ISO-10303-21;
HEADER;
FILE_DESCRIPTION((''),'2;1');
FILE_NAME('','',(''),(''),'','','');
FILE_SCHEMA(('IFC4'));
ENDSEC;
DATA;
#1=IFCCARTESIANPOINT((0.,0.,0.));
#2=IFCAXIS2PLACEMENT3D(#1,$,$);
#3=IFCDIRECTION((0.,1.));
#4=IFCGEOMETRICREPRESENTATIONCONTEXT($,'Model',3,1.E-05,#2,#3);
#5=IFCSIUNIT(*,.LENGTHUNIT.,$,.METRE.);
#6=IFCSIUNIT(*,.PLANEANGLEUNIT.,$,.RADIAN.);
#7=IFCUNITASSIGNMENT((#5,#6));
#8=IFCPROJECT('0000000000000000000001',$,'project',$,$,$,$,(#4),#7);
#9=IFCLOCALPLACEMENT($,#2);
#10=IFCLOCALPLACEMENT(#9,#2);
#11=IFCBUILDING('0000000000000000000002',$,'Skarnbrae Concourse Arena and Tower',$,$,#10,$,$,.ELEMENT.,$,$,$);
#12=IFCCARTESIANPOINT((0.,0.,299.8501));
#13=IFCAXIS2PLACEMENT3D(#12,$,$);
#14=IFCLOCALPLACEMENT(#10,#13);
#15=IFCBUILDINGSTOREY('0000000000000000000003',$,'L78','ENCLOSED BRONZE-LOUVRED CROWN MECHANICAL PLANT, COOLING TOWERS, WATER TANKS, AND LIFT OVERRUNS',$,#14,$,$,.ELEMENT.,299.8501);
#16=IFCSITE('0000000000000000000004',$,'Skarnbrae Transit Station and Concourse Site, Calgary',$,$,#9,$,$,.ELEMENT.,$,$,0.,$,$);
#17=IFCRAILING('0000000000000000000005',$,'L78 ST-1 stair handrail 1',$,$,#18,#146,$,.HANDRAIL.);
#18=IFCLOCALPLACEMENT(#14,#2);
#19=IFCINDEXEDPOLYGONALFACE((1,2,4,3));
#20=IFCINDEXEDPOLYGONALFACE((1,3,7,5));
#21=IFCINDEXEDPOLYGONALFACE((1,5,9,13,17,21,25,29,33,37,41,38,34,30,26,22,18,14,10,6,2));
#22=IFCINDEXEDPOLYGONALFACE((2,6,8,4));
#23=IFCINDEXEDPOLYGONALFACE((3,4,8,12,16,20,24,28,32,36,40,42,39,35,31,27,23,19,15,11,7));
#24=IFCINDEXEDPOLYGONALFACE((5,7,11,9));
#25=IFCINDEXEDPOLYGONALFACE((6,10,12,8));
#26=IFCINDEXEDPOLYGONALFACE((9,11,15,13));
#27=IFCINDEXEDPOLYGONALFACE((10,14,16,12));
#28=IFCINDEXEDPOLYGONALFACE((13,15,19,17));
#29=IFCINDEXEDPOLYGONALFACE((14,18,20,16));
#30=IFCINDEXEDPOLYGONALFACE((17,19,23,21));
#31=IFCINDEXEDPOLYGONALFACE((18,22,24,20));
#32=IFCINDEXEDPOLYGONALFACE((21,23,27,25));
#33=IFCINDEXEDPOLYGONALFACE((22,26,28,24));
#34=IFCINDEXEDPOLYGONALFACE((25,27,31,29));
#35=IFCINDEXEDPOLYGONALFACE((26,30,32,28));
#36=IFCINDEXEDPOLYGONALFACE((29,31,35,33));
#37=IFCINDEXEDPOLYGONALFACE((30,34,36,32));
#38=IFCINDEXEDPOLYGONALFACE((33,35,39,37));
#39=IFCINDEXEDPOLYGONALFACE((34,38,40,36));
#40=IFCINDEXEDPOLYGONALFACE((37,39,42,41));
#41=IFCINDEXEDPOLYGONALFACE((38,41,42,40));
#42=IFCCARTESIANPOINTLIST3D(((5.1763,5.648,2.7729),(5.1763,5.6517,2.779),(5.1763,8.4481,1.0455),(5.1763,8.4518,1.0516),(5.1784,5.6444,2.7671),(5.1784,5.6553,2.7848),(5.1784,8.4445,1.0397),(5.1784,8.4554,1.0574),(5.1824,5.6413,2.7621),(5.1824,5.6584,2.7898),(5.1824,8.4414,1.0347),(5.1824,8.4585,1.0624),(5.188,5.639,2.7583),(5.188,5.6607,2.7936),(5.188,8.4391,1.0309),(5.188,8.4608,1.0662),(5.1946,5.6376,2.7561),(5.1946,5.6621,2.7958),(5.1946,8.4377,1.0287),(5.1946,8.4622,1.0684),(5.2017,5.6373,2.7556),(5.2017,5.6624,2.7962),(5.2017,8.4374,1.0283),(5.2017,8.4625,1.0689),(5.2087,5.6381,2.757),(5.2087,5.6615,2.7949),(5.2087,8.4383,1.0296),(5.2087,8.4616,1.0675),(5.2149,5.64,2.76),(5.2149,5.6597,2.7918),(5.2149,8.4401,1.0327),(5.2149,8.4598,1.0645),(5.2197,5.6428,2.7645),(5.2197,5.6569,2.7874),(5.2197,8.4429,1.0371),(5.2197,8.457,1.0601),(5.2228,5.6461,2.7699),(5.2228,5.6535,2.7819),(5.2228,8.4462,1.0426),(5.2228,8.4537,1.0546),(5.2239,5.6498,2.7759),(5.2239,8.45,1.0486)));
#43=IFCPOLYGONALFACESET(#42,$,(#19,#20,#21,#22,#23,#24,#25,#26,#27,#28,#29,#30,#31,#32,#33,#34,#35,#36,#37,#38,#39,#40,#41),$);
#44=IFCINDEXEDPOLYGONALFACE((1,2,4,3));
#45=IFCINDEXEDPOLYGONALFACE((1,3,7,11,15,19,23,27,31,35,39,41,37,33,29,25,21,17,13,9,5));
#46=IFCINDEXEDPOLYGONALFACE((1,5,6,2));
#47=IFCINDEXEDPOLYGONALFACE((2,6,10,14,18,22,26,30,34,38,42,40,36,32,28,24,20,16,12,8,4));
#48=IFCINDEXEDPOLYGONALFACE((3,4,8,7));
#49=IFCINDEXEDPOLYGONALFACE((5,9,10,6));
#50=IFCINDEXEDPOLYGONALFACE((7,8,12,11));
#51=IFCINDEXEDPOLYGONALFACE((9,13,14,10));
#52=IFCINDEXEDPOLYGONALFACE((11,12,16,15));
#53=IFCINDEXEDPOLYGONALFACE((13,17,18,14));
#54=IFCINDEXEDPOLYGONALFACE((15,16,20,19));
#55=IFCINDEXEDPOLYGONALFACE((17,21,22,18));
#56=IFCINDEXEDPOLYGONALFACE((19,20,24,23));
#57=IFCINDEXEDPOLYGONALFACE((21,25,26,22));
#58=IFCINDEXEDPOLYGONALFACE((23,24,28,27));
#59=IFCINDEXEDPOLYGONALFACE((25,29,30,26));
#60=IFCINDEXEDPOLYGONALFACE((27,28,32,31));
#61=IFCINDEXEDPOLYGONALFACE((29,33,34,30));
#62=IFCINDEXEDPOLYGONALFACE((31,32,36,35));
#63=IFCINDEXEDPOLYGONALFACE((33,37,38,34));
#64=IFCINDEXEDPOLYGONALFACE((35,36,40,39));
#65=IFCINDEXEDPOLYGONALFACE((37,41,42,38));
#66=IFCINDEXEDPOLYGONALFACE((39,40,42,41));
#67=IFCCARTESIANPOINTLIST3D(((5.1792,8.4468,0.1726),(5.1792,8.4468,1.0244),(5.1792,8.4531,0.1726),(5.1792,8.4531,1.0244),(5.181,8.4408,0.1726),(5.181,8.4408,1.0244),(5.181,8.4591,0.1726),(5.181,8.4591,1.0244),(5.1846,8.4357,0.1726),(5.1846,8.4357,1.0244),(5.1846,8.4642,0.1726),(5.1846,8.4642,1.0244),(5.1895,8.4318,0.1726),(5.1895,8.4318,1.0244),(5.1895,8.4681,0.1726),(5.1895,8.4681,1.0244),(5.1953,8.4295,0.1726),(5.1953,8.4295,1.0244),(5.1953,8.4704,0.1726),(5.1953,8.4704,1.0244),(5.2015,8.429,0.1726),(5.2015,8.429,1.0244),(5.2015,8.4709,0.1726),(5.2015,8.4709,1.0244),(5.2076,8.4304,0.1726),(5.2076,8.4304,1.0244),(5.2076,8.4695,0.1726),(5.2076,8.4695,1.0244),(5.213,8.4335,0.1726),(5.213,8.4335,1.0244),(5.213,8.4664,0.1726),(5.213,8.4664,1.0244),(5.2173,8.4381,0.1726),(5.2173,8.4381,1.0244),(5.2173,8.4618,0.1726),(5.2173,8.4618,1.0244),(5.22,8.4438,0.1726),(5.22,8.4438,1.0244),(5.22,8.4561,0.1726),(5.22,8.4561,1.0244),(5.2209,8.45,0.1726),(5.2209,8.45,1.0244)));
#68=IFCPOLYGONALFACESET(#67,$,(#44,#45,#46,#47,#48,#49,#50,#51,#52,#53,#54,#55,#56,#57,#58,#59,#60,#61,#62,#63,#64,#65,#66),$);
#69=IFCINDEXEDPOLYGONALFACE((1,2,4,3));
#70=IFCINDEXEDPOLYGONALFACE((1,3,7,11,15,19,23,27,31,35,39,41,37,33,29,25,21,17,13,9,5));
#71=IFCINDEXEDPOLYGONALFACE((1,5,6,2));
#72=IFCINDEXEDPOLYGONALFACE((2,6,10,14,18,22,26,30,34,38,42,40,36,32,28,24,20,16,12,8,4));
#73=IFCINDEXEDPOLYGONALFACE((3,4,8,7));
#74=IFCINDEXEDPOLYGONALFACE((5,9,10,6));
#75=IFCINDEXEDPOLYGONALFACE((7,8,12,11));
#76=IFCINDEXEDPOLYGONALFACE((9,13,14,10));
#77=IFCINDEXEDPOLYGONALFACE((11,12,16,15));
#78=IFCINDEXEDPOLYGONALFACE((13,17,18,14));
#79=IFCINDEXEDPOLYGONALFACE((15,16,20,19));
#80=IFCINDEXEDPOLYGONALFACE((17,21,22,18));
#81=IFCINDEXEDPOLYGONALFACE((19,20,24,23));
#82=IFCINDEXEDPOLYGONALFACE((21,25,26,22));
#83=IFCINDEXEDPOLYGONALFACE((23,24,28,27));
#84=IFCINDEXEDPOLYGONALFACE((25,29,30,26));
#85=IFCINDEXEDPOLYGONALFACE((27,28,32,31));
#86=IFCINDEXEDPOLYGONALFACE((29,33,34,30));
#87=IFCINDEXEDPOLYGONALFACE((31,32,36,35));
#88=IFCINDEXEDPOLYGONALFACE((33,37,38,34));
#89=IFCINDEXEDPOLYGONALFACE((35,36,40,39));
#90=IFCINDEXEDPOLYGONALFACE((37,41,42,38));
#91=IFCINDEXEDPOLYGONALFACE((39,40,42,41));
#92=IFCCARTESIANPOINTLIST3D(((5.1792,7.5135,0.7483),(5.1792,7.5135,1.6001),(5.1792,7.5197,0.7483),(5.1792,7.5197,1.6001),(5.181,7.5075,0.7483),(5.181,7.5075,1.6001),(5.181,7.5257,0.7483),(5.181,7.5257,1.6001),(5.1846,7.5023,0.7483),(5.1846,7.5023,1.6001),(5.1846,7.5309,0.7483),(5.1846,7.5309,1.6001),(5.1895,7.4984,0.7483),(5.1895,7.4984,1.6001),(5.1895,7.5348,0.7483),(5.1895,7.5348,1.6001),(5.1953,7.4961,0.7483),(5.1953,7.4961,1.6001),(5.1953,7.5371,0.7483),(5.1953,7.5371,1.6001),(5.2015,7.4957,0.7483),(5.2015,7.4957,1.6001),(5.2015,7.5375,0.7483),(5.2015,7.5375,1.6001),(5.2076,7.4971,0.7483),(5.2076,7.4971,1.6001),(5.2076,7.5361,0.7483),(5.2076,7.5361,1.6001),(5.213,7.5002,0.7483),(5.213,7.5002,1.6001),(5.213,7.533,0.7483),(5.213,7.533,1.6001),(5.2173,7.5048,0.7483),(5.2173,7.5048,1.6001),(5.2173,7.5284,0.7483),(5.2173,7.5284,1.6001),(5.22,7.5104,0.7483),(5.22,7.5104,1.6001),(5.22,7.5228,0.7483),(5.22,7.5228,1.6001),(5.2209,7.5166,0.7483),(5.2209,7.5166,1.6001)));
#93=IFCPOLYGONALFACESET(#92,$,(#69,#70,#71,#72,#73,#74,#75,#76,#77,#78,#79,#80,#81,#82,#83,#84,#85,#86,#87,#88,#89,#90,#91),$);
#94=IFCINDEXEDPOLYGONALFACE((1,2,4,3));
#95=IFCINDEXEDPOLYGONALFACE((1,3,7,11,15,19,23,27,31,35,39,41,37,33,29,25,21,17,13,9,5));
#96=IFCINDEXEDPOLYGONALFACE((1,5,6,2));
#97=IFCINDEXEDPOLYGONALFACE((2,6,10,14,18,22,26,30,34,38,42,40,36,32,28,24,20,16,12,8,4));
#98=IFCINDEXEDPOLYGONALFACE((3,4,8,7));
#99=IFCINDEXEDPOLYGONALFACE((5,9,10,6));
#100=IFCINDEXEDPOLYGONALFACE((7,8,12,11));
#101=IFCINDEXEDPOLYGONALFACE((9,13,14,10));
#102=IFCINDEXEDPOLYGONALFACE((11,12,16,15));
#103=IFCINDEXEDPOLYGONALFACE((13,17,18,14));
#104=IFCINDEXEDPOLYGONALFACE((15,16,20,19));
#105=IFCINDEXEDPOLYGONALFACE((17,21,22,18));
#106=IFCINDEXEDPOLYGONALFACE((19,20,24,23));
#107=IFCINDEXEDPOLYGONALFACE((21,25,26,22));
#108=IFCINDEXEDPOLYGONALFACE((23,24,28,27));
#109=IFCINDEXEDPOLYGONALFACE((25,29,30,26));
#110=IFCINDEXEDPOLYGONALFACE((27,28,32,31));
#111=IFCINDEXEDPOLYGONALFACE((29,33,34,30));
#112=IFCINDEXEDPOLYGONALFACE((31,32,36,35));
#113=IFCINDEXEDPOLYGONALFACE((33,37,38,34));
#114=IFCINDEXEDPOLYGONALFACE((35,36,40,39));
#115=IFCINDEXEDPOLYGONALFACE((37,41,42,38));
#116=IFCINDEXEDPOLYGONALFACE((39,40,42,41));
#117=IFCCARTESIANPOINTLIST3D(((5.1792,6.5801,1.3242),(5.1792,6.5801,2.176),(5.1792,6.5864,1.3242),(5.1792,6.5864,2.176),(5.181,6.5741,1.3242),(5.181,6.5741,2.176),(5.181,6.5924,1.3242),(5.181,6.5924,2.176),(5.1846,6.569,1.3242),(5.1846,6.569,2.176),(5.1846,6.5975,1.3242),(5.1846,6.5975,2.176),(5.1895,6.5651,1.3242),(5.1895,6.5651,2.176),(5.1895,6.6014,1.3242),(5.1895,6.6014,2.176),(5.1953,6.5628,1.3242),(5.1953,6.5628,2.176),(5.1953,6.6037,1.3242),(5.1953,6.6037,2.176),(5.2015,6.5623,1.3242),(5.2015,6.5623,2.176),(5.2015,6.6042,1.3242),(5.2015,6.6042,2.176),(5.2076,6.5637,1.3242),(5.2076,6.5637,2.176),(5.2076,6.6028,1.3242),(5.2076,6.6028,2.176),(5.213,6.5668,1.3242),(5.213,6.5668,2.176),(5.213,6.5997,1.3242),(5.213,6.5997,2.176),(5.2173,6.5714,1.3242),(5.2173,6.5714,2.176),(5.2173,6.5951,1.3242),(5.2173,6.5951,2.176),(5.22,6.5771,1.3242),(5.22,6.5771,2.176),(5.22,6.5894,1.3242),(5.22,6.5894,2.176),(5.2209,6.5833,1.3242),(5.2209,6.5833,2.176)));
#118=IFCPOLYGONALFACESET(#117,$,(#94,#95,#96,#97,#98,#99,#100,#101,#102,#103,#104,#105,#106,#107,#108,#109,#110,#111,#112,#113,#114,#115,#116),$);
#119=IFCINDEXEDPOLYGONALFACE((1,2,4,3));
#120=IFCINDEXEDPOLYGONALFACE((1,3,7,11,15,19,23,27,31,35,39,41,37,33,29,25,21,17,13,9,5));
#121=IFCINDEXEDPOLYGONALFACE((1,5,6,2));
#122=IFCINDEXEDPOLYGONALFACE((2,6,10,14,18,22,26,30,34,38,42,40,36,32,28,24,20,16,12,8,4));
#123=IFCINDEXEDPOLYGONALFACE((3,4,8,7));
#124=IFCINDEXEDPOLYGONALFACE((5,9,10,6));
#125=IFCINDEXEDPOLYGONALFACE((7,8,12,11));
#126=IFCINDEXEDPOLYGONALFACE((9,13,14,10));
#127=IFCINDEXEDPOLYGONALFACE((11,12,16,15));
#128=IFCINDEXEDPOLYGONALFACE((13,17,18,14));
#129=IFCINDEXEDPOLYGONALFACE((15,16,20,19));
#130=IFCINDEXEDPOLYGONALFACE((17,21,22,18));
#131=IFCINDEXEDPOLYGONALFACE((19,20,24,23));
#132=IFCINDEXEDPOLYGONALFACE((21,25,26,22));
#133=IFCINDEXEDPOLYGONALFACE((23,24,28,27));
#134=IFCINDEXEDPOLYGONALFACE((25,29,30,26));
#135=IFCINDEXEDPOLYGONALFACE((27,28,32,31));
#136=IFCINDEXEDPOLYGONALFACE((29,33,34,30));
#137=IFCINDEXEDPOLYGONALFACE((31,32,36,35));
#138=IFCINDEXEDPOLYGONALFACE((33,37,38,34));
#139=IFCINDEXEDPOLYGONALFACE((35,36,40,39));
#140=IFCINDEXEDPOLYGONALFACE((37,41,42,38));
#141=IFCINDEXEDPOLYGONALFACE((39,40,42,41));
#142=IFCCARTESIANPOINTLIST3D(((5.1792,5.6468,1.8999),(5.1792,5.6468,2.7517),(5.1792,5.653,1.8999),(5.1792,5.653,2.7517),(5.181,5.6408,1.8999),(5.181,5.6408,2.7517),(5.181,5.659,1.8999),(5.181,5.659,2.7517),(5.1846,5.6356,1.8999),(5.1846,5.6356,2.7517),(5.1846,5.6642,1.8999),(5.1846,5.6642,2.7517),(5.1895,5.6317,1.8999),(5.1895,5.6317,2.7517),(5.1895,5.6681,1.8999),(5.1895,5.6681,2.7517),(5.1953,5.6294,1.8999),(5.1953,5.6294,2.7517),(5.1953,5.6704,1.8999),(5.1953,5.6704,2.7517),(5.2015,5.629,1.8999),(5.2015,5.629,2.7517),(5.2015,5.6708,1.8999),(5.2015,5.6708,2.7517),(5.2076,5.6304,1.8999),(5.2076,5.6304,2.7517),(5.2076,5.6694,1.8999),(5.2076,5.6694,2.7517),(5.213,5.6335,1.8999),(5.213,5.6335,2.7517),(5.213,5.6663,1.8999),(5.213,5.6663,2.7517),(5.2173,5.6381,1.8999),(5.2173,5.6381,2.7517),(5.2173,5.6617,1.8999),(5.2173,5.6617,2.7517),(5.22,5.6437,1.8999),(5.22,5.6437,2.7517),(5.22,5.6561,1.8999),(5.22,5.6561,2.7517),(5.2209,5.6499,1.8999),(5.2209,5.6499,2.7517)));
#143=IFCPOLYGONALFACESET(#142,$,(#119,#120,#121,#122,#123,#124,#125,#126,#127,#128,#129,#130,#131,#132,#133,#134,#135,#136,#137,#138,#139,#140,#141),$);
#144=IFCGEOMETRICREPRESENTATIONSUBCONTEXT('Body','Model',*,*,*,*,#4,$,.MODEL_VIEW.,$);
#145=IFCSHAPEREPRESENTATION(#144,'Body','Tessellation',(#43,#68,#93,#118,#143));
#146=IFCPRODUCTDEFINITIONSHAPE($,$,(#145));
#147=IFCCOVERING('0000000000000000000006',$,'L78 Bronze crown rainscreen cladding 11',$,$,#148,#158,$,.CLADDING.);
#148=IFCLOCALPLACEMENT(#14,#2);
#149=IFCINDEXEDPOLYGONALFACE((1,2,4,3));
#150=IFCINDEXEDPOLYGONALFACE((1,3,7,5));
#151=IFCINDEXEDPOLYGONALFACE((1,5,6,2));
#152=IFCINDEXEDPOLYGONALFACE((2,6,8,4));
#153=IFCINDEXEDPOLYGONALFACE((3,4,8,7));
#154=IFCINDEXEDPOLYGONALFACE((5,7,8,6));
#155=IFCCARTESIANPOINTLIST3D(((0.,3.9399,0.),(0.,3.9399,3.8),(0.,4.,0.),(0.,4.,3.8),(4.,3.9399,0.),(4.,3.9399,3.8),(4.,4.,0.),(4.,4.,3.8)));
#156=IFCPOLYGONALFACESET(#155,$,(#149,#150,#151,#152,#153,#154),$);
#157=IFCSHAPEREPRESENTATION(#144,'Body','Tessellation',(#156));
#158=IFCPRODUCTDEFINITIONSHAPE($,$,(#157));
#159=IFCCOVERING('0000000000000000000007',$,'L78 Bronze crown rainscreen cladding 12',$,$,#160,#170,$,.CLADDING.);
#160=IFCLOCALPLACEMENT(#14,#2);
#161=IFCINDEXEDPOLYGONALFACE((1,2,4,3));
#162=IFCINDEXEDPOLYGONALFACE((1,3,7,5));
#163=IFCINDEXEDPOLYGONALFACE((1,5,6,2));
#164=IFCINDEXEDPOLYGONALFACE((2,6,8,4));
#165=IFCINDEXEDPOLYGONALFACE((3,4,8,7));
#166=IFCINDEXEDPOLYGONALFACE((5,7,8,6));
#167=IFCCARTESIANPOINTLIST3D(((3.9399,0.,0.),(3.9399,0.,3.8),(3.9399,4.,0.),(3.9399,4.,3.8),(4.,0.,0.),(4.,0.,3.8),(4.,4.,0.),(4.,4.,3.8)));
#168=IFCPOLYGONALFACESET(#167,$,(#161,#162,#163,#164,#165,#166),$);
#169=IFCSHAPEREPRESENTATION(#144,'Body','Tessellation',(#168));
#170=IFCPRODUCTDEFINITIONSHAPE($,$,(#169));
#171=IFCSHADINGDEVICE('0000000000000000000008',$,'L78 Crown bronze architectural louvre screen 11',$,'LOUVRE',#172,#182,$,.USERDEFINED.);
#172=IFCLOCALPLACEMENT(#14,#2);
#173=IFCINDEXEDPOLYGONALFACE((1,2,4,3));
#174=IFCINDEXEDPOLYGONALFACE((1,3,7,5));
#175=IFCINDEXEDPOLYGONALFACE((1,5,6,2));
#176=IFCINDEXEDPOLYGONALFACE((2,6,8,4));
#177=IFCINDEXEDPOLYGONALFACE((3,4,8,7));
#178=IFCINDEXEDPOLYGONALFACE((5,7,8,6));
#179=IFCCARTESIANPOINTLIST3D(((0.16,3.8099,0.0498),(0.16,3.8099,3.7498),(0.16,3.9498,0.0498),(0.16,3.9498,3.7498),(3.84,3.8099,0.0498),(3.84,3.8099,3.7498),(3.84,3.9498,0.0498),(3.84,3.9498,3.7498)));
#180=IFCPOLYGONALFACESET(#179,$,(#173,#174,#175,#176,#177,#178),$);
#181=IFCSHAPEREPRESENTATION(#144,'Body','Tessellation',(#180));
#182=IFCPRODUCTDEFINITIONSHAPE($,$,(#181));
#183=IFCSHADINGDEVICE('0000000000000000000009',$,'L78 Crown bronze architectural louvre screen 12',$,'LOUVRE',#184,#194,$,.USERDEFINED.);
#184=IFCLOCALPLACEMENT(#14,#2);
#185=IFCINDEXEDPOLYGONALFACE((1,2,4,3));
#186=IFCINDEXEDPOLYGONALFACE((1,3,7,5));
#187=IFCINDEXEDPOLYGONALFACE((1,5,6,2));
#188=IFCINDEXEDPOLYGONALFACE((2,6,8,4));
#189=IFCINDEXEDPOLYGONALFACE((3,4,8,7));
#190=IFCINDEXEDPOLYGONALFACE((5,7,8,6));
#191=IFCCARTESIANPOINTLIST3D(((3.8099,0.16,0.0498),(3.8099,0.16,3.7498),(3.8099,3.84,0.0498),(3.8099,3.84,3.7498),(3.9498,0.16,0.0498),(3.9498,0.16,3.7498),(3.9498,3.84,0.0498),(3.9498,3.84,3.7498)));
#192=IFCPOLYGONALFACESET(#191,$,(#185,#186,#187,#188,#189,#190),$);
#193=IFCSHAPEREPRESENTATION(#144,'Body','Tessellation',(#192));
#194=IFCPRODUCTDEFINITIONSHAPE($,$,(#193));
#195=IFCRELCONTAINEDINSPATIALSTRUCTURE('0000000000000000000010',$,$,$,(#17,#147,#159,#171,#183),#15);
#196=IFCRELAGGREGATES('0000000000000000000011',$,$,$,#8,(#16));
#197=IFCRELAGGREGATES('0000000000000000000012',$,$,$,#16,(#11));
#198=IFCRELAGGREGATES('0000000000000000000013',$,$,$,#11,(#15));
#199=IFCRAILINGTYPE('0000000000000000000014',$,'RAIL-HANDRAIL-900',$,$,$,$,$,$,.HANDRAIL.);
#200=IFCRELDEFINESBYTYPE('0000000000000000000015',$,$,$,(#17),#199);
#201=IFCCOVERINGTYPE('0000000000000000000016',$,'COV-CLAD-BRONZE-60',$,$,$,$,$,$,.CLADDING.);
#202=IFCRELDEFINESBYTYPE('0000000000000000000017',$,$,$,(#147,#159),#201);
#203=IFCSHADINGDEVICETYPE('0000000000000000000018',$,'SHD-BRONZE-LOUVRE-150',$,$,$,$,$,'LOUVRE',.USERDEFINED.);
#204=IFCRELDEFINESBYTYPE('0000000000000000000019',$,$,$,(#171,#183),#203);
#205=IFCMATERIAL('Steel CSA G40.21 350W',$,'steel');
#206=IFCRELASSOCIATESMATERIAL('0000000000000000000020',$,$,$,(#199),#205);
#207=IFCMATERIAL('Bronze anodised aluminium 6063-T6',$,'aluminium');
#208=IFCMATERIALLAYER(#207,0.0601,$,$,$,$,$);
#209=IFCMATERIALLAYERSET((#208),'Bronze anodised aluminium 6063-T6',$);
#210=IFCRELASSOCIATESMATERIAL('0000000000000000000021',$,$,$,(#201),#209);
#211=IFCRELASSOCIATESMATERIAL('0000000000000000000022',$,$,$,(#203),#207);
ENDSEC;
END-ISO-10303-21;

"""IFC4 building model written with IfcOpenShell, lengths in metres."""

from ifc_helpers import new_model, si_unit, direction, frame, origin, origin_2d, place, context, subcontext, project, spatial, rectangle, circle, extrude, source, transform, mapped, material, layer, layer_set, type_object, element, save


model = new_model("IFC4")

# Units and contexts
model_context = context("Model", 3, precision=1e-05, world=origin(), true_north=direction((0.0, 1.0)))
body_context = subcontext(model_context, "Body", "Model", "MODEL_VIEW")
ifc_project = project(units=[si_unit("LENGTHUNIT", "METRE"), si_unit("PLANEANGLEUNIT", "RADIAN")], contexts=[model_context])

# Site, building, storey
site_placement = place(None, origin())
site = spatial("IfcSite", under=ifc_project, at=site_placement, Name="Skarnbrae Transit Station and Concourse Site, Calgary", CompositionType="ELEMENT", RefElevation=0.0)
building_placement = place(site_placement, origin())
building = spatial("IfcBuilding", under=site, at=building_placement, Name="Skarnbrae Concourse Arena and Tower", CompositionType="ELEMENT")
storey_placement = place(building_placement, frame((0.0, 0.0, 299.8501)))
storey = spatial("IfcBuildingStorey", under=building, at=storey_placement, Name="L78", Description="ENCLOSED BRONZE-LOUVRED CROWN MECHANICAL PLANT, COOLING TOWERS, WATER TANKS, AND LIFT OVERRUNS", CompositionType="ELEMENT", Elevation=299.8501)

# Shared definitions
ifc_material_1 = material(Name="Steel CSA G40.21 350W", Category="steel")

# Railing
railing_type = type_object("IfcRailingType", Name="RAIL-HANDRAIL-900", PredefinedType="HANDRAIL", material=ifc_material_1)
railing_placement = place(storey_placement, frame((5.2, 8.45, 0.1726)))
element("IfcRailing", 1, at=railing_placement, inside=storey, type_object=railing_type, Name="L78 ST-1 stair handrail 1", PredefinedType="HANDRAIL", context=body_context, shape_type="SweptSolid", body=[
    extrude(circle(Radius=0.0239, at=origin_2d()), frame((0.0, 0.0, 0.876), z_axis=(0.0, -0.85109, 0.52502), x_axis=(1.0, 0.0, 0.0)), (0.0, 0.0, 1.0), 3.29),
    extrude(circle(Radius=0.021, at=origin_2d()), origin(), (0.0, 0.0, 1.0), 0.8518),
    extrude(circle(Radius=0.021, at=origin_2d()), frame((0.0, -0.9333, 0.5757)), (0.0, 0.0, 1.0), 0.8518),
    extrude(circle(Radius=0.021, at=origin_2d()), frame((0.0, -1.8667, 1.1516)), (0.0, 0.0, 1.0), 0.8518),
    extrude(circle(Radius=0.021, at=origin_2d()), frame((0.0, -2.8, 1.7273)), (0.0, 0.0, 1.0), 0.8518),
])

# Coverings
ifc_material_2 = material(Name="Bronze anodised aluminium 6063-T6", Category="aluminium")
ifc_layer_1 = layer(ifc_material_2, 0.0601)
ifc_layer_set_1 = layer_set([ifc_layer_1], Name="Bronze anodised aluminium 6063-T6")
covering_type = type_object("IfcCoveringType", Name="COV-CLAD-BRONZE-60", PredefinedType="CLADDING", material=ifc_layer_set_1)
shared_shape_1 = source(origin(), body_context, "Body", "SweptSolid", [
    extrude(rectangle(XDim=4.0, YDim=0.0601, at=origin_2d()), origin(), (0.0, 0.0, 1.0), 3.8),
])
for number, where, z_axis, x_axis, name in (
    (2, (2.0, 3.97, 0.0), (0.0, 0.0, 1.0), (1.0, 0.0, 0.0), "L78 Bronze crown rainscreen cladding 11"),
    (3, (3.97, 2.0, 0.0), (0.0, 0.0, 1.0), (0.0, -1.0, 0.0), "L78 Bronze crown rainscreen cladding 12"),
):
    element("IfcCovering", number, at=place(storey_placement, frame(where, z_axis=z_axis, x_axis=x_axis)), inside=storey, type_object=covering_type, Name=name, PredefinedType="CLADDING", context=body_context, shape_type="MappedRepresentation", body=[
        mapped(shared_shape_1, transform((0.0, 0.0, 0.0))),
    ])

# Shading devices
shading_device_type = type_object("IfcShadingDeviceType", Name="SHD-BRONZE-LOUVRE-150", ElementType="LOUVRE", PredefinedType="USERDEFINED", material=ifc_material_2)
shared_shape_2 = source(origin(), body_context, "Body", "SweptSolid", [
    extrude(rectangle(XDim=3.6799, YDim=0.1399, at=origin_2d()), origin(), (0.0, 0.0, 1.0), 3.7),
])
for number, where, z_axis, x_axis, name in (
    (4, (2.0, 3.8799, 0.0498), (0.0, 0.0, 1.0), (1.0, 0.0, 0.0), "L78 Crown bronze architectural louvre screen 11"),
    (5, (3.8799, 2.0, 0.0498), (0.0, 0.0, 1.0), (0.0, -1.0, 0.0), "L78 Crown bronze architectural louvre screen 12"),
):
    element("IfcShadingDevice", number, at=place(storey_placement, frame(where, z_axis=z_axis, x_axis=x_axis)), inside=storey, type_object=shading_device_type, Name=name, ObjectType="LOUVRE", PredefinedType="USERDEFINED", context=body_context, shape_type="MappedRepresentation", body=[
        mapped(shared_shape_2, transform((0.0, 0.0, 0.0))),
    ])

save(model, "model.ifc")
